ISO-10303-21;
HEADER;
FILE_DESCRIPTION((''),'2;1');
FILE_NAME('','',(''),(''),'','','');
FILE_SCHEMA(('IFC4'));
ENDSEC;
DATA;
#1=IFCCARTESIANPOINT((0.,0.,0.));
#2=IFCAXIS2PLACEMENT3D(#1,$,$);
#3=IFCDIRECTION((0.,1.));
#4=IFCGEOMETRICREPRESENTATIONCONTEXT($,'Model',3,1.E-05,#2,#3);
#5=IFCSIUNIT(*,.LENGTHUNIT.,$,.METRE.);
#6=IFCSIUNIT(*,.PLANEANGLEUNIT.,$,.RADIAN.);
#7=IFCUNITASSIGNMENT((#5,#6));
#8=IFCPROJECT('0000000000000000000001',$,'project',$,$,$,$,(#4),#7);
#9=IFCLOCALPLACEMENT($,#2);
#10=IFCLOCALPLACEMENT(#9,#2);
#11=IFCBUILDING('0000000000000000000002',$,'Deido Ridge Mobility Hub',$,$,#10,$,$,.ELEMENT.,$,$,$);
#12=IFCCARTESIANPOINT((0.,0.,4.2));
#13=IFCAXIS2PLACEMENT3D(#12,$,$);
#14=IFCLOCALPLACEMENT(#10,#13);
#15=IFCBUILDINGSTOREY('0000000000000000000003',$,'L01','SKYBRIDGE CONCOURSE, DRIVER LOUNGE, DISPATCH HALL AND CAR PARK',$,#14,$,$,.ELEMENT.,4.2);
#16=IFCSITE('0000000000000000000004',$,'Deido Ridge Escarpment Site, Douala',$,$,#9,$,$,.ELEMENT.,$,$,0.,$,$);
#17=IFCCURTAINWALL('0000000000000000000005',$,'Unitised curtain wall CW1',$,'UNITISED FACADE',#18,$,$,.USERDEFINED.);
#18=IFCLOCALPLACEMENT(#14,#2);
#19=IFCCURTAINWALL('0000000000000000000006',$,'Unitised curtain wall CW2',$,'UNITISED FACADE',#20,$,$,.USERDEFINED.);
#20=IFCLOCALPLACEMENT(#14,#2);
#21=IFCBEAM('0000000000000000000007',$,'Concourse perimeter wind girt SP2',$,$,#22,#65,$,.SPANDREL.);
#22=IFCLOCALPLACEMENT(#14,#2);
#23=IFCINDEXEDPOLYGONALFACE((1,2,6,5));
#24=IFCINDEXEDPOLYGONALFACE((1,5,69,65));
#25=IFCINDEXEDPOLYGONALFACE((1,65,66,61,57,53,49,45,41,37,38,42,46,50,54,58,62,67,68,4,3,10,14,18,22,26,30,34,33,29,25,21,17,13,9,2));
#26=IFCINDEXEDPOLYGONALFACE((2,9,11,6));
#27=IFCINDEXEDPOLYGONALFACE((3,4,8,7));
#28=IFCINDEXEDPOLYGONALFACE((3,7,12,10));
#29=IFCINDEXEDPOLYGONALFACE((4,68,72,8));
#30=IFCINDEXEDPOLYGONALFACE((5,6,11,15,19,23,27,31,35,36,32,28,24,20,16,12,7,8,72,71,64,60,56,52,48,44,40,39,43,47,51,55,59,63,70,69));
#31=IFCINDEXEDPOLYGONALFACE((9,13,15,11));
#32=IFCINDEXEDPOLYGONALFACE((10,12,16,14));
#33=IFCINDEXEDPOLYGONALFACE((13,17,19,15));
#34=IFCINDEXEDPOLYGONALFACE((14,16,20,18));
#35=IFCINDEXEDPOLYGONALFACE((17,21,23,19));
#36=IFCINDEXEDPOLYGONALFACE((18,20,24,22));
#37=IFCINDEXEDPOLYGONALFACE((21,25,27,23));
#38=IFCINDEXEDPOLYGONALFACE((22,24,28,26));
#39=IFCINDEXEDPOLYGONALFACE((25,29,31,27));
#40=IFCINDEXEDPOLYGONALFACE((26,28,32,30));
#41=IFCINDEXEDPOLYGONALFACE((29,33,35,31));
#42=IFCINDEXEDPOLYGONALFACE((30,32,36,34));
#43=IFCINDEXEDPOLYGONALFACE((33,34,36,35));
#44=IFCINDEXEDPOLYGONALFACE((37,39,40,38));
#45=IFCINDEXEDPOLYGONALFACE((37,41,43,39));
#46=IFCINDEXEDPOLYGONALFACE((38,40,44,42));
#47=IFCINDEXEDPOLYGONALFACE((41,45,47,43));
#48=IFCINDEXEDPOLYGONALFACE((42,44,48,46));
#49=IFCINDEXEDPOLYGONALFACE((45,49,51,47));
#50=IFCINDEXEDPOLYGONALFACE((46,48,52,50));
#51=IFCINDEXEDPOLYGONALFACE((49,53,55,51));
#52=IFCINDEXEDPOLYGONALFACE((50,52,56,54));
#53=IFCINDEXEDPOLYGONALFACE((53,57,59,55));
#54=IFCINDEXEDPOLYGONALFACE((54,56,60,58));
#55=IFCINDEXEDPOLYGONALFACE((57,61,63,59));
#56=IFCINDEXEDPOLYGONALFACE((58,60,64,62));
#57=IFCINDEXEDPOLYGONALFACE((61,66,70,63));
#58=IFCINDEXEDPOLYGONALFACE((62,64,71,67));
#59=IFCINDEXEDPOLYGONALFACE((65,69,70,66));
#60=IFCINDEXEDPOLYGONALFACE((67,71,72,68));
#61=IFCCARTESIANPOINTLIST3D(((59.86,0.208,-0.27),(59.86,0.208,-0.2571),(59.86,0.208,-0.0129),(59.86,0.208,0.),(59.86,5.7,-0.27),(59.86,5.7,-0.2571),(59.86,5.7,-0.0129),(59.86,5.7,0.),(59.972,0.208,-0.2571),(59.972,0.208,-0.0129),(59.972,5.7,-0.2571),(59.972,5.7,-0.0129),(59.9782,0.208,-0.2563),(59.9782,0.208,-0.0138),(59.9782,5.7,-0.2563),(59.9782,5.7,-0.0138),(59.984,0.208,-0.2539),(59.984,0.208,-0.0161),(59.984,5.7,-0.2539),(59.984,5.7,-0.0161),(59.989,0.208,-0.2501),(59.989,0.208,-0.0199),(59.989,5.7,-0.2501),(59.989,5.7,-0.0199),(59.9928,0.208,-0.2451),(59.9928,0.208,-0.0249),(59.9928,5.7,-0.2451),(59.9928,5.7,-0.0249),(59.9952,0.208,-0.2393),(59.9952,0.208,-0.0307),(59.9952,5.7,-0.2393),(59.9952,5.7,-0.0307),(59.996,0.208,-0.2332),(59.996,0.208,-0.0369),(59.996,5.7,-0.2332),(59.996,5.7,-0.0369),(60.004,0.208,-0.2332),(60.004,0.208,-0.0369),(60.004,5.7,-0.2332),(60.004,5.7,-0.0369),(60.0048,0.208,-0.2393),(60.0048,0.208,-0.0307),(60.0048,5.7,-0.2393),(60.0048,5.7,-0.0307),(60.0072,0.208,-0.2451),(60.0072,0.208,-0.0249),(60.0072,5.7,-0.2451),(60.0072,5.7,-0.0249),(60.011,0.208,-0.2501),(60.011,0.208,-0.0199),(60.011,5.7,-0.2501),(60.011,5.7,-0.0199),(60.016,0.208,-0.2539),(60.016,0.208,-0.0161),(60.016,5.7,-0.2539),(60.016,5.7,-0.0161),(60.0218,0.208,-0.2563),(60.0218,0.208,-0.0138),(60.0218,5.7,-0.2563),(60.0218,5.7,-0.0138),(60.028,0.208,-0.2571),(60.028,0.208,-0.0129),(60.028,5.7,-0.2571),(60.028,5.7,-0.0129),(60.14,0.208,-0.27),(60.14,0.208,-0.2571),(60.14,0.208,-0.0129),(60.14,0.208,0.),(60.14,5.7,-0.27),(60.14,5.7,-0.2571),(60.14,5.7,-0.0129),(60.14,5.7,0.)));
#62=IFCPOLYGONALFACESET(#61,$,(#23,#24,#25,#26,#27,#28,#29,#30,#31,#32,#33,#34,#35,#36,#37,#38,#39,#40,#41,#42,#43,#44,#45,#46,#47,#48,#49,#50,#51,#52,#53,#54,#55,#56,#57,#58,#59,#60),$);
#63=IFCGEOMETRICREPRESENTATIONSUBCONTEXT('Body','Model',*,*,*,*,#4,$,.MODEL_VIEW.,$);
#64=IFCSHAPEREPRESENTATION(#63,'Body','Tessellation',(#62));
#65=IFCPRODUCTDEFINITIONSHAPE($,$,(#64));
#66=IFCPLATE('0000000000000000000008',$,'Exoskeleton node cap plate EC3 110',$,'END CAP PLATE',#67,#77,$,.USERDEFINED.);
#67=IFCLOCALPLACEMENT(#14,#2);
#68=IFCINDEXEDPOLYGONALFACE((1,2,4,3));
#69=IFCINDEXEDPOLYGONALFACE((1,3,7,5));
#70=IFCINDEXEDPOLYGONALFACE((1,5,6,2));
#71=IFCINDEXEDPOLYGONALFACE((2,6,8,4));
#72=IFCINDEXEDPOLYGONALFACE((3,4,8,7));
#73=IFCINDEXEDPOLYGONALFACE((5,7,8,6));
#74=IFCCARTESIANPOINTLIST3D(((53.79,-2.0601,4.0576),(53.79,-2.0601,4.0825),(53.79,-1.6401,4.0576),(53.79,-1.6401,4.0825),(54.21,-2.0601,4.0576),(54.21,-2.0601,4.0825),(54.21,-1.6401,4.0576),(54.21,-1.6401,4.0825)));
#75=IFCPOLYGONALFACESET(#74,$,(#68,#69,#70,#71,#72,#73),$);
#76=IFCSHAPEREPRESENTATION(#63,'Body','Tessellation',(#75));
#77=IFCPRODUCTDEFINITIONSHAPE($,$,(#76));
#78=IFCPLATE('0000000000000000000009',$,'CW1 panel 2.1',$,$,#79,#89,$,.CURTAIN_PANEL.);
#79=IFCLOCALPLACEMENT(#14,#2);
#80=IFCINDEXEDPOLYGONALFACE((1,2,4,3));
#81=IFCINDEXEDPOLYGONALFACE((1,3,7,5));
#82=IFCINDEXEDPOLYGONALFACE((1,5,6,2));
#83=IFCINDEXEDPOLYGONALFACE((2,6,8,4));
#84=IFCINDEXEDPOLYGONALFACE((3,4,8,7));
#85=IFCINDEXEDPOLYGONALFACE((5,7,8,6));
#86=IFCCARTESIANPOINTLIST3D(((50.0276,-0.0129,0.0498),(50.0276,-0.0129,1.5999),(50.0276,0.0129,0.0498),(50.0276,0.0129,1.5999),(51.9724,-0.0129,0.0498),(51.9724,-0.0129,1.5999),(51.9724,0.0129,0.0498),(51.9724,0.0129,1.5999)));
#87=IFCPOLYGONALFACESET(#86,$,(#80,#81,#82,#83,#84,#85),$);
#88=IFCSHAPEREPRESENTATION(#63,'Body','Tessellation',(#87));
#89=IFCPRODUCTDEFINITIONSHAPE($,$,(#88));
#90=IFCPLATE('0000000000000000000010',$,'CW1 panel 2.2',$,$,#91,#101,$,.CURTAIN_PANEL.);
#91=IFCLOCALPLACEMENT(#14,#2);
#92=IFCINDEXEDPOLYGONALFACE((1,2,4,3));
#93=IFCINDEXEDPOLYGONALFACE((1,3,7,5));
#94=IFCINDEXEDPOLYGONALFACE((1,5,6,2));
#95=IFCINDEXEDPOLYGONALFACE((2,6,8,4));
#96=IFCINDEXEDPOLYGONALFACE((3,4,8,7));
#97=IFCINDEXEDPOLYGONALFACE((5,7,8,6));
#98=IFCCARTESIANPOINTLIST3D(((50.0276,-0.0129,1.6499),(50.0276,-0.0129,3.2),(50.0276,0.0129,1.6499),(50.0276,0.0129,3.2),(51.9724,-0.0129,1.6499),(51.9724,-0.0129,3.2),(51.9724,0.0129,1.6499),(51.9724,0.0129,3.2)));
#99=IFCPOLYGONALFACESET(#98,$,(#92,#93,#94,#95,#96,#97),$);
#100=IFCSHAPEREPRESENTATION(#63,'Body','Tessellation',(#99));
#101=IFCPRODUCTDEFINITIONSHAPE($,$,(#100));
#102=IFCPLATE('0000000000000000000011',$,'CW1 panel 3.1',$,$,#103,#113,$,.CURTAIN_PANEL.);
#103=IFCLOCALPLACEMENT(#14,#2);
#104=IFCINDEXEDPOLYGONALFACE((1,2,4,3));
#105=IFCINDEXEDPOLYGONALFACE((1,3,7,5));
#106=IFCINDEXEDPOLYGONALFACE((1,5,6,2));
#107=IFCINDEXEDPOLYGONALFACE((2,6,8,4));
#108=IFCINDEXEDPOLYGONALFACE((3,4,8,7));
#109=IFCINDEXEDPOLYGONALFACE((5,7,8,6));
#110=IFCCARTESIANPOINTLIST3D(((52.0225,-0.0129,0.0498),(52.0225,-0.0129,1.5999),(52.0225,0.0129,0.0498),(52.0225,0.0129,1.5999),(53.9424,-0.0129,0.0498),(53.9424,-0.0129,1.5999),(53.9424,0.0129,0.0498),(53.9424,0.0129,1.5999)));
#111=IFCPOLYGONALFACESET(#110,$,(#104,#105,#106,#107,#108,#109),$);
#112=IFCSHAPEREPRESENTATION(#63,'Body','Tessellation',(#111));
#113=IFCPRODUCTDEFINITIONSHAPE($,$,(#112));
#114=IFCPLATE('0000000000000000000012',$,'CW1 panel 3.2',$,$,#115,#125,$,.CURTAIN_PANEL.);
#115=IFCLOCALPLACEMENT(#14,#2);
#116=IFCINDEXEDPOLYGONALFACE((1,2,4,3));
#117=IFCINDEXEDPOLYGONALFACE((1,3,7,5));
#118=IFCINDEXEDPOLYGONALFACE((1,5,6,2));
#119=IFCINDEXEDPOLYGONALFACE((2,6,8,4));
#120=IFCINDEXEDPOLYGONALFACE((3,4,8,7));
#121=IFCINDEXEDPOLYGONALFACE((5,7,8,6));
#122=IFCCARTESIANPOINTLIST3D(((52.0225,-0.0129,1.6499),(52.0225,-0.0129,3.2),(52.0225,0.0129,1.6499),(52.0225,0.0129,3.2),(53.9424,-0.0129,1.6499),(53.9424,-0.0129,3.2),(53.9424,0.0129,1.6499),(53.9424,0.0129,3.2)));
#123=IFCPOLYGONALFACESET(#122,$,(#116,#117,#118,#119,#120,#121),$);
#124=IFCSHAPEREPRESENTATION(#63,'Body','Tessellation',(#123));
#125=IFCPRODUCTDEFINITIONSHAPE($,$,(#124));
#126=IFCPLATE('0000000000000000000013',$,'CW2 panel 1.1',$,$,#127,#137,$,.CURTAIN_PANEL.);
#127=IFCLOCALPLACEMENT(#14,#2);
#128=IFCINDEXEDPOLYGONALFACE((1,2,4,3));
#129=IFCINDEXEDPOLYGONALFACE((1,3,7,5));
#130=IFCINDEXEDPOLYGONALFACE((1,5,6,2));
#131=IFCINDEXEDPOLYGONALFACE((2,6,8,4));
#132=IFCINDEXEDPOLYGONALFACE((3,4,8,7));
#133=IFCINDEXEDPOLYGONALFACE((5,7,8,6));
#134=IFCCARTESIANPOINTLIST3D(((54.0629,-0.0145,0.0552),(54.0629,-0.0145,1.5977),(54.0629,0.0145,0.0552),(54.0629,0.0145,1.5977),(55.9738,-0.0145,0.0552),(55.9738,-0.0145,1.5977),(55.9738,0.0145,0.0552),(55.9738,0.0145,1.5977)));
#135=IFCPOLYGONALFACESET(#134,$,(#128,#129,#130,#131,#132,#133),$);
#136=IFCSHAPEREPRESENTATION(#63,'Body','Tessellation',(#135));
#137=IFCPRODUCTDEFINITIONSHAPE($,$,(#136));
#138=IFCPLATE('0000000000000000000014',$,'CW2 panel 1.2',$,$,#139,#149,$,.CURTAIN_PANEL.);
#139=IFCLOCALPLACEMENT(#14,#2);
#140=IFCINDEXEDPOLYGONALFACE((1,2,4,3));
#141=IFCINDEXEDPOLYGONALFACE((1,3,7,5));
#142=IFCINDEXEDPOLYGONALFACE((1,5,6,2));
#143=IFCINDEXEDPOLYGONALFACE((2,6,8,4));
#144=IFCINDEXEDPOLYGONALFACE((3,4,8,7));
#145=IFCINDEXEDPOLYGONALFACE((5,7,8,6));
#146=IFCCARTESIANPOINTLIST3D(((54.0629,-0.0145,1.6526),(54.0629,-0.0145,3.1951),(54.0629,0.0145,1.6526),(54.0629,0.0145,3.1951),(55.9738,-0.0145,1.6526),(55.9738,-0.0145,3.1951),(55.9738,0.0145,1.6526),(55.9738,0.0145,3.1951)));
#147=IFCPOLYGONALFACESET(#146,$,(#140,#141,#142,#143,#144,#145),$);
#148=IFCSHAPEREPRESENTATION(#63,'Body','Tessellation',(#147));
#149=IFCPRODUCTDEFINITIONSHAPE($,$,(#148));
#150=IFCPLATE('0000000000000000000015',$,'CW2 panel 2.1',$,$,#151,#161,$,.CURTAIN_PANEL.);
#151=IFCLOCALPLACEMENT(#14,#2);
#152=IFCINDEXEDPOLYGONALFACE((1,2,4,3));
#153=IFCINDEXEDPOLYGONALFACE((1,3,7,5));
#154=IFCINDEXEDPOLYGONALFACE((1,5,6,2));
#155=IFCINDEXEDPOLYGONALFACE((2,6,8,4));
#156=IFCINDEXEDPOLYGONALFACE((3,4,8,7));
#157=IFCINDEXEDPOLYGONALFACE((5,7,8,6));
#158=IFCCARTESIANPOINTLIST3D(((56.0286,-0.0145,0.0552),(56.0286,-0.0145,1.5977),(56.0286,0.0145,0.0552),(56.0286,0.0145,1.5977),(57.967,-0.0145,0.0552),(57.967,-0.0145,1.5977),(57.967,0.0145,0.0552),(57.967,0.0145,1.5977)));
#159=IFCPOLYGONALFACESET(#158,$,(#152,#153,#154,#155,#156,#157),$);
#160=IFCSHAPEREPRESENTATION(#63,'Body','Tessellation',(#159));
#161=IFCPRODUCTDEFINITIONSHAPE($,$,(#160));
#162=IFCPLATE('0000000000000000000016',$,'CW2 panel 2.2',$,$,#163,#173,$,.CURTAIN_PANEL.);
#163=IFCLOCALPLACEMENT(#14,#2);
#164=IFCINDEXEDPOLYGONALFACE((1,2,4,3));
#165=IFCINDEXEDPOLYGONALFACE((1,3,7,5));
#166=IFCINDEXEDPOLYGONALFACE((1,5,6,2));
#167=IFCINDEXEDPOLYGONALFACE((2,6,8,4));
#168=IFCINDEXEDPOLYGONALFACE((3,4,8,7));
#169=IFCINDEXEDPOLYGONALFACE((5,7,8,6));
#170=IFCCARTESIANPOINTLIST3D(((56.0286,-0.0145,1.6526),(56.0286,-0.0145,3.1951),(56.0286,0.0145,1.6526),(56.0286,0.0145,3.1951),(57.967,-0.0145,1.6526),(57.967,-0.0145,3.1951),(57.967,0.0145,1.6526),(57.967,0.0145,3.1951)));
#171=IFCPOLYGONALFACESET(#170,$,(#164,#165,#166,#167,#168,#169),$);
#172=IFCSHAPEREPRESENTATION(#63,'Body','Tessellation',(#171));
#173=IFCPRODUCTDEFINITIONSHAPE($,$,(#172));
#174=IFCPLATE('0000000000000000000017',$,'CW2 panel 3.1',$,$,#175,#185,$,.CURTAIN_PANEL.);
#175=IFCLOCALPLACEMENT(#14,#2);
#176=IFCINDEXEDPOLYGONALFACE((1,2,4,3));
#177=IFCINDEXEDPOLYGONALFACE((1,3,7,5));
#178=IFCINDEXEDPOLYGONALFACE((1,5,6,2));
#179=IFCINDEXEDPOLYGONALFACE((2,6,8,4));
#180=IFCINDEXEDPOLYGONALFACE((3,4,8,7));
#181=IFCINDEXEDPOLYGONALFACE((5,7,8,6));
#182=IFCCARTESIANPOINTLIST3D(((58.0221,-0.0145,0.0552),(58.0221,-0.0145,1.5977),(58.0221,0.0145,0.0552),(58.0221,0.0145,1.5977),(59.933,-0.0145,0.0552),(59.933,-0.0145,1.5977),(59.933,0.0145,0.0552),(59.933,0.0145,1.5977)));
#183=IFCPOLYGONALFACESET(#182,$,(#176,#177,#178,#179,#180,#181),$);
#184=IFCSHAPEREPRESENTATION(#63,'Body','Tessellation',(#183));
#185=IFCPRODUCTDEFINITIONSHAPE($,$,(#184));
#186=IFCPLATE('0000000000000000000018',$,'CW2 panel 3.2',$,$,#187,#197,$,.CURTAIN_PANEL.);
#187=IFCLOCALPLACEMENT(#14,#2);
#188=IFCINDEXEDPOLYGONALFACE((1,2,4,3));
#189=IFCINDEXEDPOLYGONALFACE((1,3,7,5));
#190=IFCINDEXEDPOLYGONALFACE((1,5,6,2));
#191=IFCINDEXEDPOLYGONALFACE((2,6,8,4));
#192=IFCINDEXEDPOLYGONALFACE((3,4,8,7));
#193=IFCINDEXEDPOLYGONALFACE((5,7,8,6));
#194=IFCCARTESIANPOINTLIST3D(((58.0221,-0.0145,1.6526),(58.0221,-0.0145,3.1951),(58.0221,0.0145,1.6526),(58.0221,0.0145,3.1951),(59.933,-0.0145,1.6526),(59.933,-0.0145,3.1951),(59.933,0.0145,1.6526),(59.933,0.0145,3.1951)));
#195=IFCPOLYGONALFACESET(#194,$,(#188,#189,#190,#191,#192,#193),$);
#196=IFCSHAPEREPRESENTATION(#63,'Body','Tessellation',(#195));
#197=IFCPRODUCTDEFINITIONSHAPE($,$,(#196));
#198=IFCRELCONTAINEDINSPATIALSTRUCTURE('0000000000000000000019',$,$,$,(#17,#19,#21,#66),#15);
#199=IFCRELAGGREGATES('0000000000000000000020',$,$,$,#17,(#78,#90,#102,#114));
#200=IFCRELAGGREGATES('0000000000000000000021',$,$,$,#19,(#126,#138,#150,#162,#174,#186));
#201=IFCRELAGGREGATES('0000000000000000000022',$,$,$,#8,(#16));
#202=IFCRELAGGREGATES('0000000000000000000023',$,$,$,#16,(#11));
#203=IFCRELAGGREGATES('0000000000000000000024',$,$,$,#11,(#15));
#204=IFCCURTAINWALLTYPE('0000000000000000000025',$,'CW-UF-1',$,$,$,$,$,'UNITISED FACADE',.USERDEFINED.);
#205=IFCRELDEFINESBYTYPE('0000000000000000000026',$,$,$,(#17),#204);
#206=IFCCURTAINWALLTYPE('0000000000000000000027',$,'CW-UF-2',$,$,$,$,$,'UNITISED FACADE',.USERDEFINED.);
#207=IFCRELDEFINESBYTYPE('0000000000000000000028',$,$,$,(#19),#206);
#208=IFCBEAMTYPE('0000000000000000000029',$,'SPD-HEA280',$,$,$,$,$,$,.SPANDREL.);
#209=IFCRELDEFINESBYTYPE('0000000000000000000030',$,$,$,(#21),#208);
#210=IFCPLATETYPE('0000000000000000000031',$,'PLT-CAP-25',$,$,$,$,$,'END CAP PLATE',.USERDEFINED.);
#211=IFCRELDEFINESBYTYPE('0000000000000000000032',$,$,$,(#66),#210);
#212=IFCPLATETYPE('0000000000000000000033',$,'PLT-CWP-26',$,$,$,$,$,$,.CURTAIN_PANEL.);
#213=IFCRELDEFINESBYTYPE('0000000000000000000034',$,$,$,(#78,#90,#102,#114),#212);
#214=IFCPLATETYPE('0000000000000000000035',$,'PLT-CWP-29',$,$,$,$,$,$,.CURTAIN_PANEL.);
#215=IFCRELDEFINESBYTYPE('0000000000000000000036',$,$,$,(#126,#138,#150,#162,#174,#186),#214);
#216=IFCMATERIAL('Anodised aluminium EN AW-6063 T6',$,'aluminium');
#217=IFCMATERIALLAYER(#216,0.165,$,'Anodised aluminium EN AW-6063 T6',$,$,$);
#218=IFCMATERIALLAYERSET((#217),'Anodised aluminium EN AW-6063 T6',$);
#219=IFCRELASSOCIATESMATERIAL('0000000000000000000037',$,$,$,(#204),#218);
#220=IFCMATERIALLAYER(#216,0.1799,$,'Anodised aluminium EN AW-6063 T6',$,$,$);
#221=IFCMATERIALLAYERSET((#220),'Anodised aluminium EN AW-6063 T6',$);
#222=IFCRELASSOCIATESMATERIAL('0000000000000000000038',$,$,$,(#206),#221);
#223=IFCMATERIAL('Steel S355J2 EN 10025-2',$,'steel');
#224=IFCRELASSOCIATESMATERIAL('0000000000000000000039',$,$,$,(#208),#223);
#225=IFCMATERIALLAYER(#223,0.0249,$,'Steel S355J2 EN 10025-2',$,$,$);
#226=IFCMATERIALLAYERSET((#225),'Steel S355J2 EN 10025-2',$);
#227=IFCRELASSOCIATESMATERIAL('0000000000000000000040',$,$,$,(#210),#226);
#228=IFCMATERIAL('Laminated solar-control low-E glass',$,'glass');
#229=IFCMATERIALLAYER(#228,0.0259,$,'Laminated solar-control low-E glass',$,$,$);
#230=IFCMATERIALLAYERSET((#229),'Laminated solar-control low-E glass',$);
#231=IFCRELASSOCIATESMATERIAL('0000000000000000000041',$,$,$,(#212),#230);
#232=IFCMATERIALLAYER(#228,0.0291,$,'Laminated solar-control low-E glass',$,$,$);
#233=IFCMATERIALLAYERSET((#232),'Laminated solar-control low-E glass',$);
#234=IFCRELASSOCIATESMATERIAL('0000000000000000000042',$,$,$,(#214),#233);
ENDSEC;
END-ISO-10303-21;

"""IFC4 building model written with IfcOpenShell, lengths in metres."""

from ifc_helpers import new_model, si_unit, direction, frame, origin, origin_2d, place, context, subcontext, project, spatial, rectangle, i_section, extrude, material, layer, layer_set, material_profile, profile_set, type_object, element, aggregate, save


model = new_model("IFC4")

# Units and contexts
model_context = context("Model", 3, precision=1e-05, world=origin(), true_north=direction((0.0, 1.0)))
body_context = subcontext(model_context, "Body", "Model", "MODEL_VIEW")
ifc_project = project(units=[si_unit("LENGTHUNIT", "METRE"), si_unit("PLANEANGLEUNIT", "RADIAN")], contexts=[model_context])

# Site, building, storey
site_placement = place(None, origin())
site = spatial("IfcSite", under=ifc_project, at=site_placement, Name="Deido Ridge Escarpment Site, Douala", CompositionType="ELEMENT", RefElevation=0.0)
building_placement = place(site_placement, origin())
building = spatial("IfcBuilding", under=site, at=building_placement, Name="Deido Ridge Mobility Hub", CompositionType="ELEMENT")
storey_placement = place(building_placement, frame((0.0, 0.0, 4.2)))
storey = spatial("IfcBuildingStorey", under=building, at=storey_placement, Name="L01", Description="SKYBRIDGE CONCOURSE, DRIVER LOUNGE, DISPATCH HALL AND CAR PARK", CompositionType="ELEMENT", Elevation=4.2)

# Shared definitions
ifc_material_1 = material(Name="Steel S355J2 EN 10025-2", Category="steel")

# Curtain walls
ifc_material_2 = material(Name="Anodised aluminium EN AW-6063 T6", Category="aluminium")
ifc_layer_1 = layer(ifc_material_2, 0.165, Name="Anodised aluminium EN AW-6063 T6")
ifc_layer_set_1 = layer_set([ifc_layer_1], Name="Anodised aluminium EN AW-6063 T6")
curtain_wall_type_1 = type_object("IfcCurtainWallType", Name="CW-UF-1", ElementType="UNITISED FACADE", PredefinedType="USERDEFINED", material=ifc_layer_set_1)
curtain_wall_1_placement = place(storey_placement, origin())
curtain_wall_1 = element("IfcCurtainWall", 1, at=curtain_wall_1_placement, inside=storey, type_object=curtain_wall_type_1, Name="Unitised curtain wall CW1", ObjectType="UNITISED FACADE", PredefinedType="USERDEFINED")
ifc_layer_2 = layer(ifc_material_2, 0.1799, Name="Anodised aluminium EN AW-6063 T6")
ifc_layer_set_2 = layer_set([ifc_layer_2], Name="Anodised aluminium EN AW-6063 T6")
curtain_wall_type_2 = type_object("IfcCurtainWallType", Name="CW-UF-2", ElementType="UNITISED FACADE", PredefinedType="USERDEFINED", material=ifc_layer_set_2)
curtain_wall_2_placement = place(storey_placement, origin())
curtain_wall_2 = element("IfcCurtainWall", 2, at=curtain_wall_2_placement, inside=storey, type_object=curtain_wall_type_2, Name="Unitised curtain wall CW2", ObjectType="UNITISED FACADE", PredefinedType="USERDEFINED")

# Beam
ifc_material_profile_1 = material_profile(ifc_material_1, i_section(OverallWidth=0.28, OverallDepth=0.27, WebThickness=0.0081, FlangeThickness=0.0129, FilletRadius=0.0239, at=origin_2d()), Name="HEA 280")
ifc_profile_set_1 = profile_set([ifc_material_profile_1], Name="Steel S355J2 EN 10025-2")
beam_type = type_object("IfcBeamType", Name="SPD-HEA280", PredefinedType="SPANDREL", material=ifc_profile_set_1)
beam_1_placement = place(storey_placement, frame((60.0, 0.208, -0.135), z_axis=(0.0, 1.0, 0.0), x_axis=(-1.0, 0.0, 0.0)))
element("IfcBeam", 3, at=beam_1_placement, inside=storey, type_object=beam_type, Name="Concourse perimeter wind girt SP2", PredefinedType="SPANDREL", context=body_context, shape_type="SweptSolid", body=[
    extrude(i_section(OverallWidth=0.28, OverallDepth=0.27, WebThickness=0.0081, FlangeThickness=0.0129, FilletRadius=0.0239, at=origin_2d()), origin(), (0.0, 0.0, 1.0), 5.4919),
])

# Plates
ifc_layer_3 = layer(ifc_material_1, 0.0249, Name="Steel S355J2 EN 10025-2")
ifc_layer_set_3 = layer_set([ifc_layer_3], Name="Steel S355J2 EN 10025-2")
plate_type_1 = type_object("IfcPlateType", Name="PLT-CAP-25", ElementType="END CAP PLATE", PredefinedType="USERDEFINED", material=ifc_layer_set_3)
plate_1_placement = place(storey_placement, frame((54.0, -1.8501, 4.0576), z_axis=(0.0, 0.0, 1.0), x_axis=(1.0, 0.0, 0.0)))
element("IfcPlate", 4, at=plate_1_placement, inside=storey, type_object=plate_type_1, Name="Exoskeleton node cap plate EC3 110", ObjectType="END CAP PLATE", PredefinedType="USERDEFINED", context=body_context, shape_type="SweptSolid", body=[
    extrude(rectangle(XDim=0.4199, YDim=0.4199, at=origin_2d()), origin(), (0.0, 0.0, 1.0), 0.0249),
])
ifc_material_3 = material(Name="Laminated solar-control low-E glass", Category="glass")
ifc_layer_4 = layer(ifc_material_3, 0.0259, Name="Laminated solar-control low-E glass")
ifc_layer_set_4 = layer_set([ifc_layer_4], Name="Laminated solar-control low-E glass")
plate_type_2 = type_object("IfcPlateType", Name="PLT-CWP-26", PredefinedType="CURTAIN_PANEL", material=ifc_layer_set_4)
plate_2_placement = place(storey_placement, frame((51.0, 0.0, 0.0498), z_axis=(0.0, 0.0, 1.0), x_axis=(1.0, 0.0, 0.0)))
plate_2 = element("IfcPlate", 5, at=plate_2_placement, type_object=plate_type_2, Name="CW1 panel 2.1", PredefinedType="CURTAIN_PANEL", context=body_context, shape_type="SweptSolid", body=[
    extrude(rectangle(XDim=1.9448, YDim=0.0259, at=origin_2d()), origin(), (0.0, 0.0, 1.0), 1.55),
])
plate_3_placement = place(storey_placement, frame((51.0, 0.0, 1.6499), z_axis=(0.0, 0.0, 1.0), x_axis=(1.0, 0.0, 0.0)))
plate_3 = element("IfcPlate", 6, at=plate_3_placement, type_object=plate_type_2, Name="CW1 panel 2.2", PredefinedType="CURTAIN_PANEL", context=body_context, shape_type="SweptSolid", body=[
    extrude(rectangle(XDim=1.9448, YDim=0.0259, at=origin_2d()), origin(), (0.0, 0.0, 1.0), 1.55),
])
plate_4_placement = place(storey_placement, frame((52.9824, 0.0, 0.0498), z_axis=(0.0, 0.0, 1.0), x_axis=(1.0, 0.0, 0.0)))
plate_4 = element("IfcPlate", 7, at=plate_4_placement, type_object=plate_type_2, Name="CW1 panel 3.1", PredefinedType="CURTAIN_PANEL", context=body_context, shape_type="SweptSolid", body=[
    extrude(rectangle(XDim=1.9199, YDim=0.0259, at=origin_2d()), origin(), (0.0, 0.0, 1.0), 1.55),
])
plate_5_placement = place(storey_placement, frame((52.9824, 0.0, 1.6499), z_axis=(0.0, 0.0, 1.0), x_axis=(1.0, 0.0, 0.0)))
plate_5 = element("IfcPlate", 8, at=plate_5_placement, type_object=plate_type_2, Name="CW1 panel 3.2", PredefinedType="CURTAIN_PANEL", context=body_context, shape_type="SweptSolid", body=[
    extrude(rectangle(XDim=1.9199, YDim=0.0259, at=origin_2d()), origin(), (0.0, 0.0, 1.0), 1.55),
])
aggregate(curtain_wall_1, [plate_2, plate_3, plate_4, plate_5])
ifc_layer_5 = layer(ifc_material_3, 0.0291, Name="Laminated solar-control low-E glass")
ifc_layer_set_5 = layer_set([ifc_layer_5], Name="Laminated solar-control low-E glass")
plate_type_3 = type_object("IfcPlateType", Name="PLT-CWP-29", PredefinedType="CURTAIN_PANEL", material=ifc_layer_set_5)
plate_6_placement = place(storey_placement, frame((55.0183, 0.0, 0.0552), z_axis=(0.0, 0.0, 1.0), x_axis=(1.0, 0.0, 0.0)))
plate_6 = element("IfcPlate", 9, at=plate_6_placement, type_object=plate_type_3, Name="CW2 panel 1.1", PredefinedType="CURTAIN_PANEL", context=body_context, shape_type="SweptSolid", body=[
    extrude(rectangle(XDim=1.9109, YDim=0.0291, at=origin_2d()), origin(), (0.0, 0.0, 1.0), 1.5425),
])
plate_7_placement = place(storey_placement, frame((55.0183, 0.0, 1.6526), z_axis=(0.0, 0.0, 1.0), x_axis=(1.0, 0.0, 0.0)))
plate_7 = element("IfcPlate", 10, at=plate_7_placement, type_object=plate_type_3, Name="CW2 panel 1.2", PredefinedType="CURTAIN_PANEL", context=body_context, shape_type="SweptSolid", body=[
    extrude(rectangle(XDim=1.9109, YDim=0.0291, at=origin_2d()), origin(), (0.0, 0.0, 1.0), 1.5425),
])
plate_8_placement = place(storey_placement, frame((56.9978, 0.0, 0.0552), z_axis=(0.0, 0.0, 1.0), x_axis=(1.0, 0.0, 0.0)))
plate_8 = element("IfcPlate", 11, at=plate_8_placement, type_object=plate_type_3, Name="CW2 panel 2.1", PredefinedType="CURTAIN_PANEL", context=body_context, shape_type="SweptSolid", body=[
    extrude(rectangle(XDim=1.9385, YDim=0.0291, at=origin_2d()), origin(), (0.0, 0.0, 1.0), 1.5425),
])
plate_9_placement = place(storey_placement, frame((56.9978, 0.0, 1.6526), z_axis=(0.0, 0.0, 1.0), x_axis=(1.0, 0.0, 0.0)))
plate_9 = element("IfcPlate", 12, at=plate_9_placement, type_object=plate_type_3, Name="CW2 panel 2.2", PredefinedType="CURTAIN_PANEL", context=body_context, shape_type="SweptSolid", body=[
    extrude(rectangle(XDim=1.9385, YDim=0.0291, at=origin_2d()), origin(), (0.0, 0.0, 1.0), 1.5425),
])
plate_10_placement = place(storey_placement, frame((58.9775, 0.0, 0.0552), z_axis=(0.0, 0.0, 1.0), x_axis=(1.0, 0.0, 0.0)))
plate_10 = element("IfcPlate", 13, at=plate_10_placement, type_object=plate_type_3, Name="CW2 panel 3.1", PredefinedType="CURTAIN_PANEL", context=body_context, shape_type="SweptSolid", body=[
    extrude(rectangle(XDim=1.9109, YDim=0.0291, at=origin_2d()), origin(), (0.0, 0.0, 1.0), 1.5425),
])
plate_11_placement = place(storey_placement, frame((58.9775, 0.0, 1.6526), z_axis=(0.0, 0.0, 1.0), x_axis=(1.0, 0.0, 0.0)))
plate_11 = element("IfcPlate", 14, at=plate_11_placement, type_object=plate_type_3, Name="CW2 panel 3.2", PredefinedType="CURTAIN_PANEL", context=body_context, shape_type="SweptSolid", body=[
    extrude(rectangle(XDim=1.9109, YDim=0.0291, at=origin_2d()), origin(), (0.0, 0.0, 1.0), 1.5425),
])
aggregate(curtain_wall_2, [plate_6, plate_7, plate_8, plate_9, plate_10, plate_11])

save(model, "model.ifc")
